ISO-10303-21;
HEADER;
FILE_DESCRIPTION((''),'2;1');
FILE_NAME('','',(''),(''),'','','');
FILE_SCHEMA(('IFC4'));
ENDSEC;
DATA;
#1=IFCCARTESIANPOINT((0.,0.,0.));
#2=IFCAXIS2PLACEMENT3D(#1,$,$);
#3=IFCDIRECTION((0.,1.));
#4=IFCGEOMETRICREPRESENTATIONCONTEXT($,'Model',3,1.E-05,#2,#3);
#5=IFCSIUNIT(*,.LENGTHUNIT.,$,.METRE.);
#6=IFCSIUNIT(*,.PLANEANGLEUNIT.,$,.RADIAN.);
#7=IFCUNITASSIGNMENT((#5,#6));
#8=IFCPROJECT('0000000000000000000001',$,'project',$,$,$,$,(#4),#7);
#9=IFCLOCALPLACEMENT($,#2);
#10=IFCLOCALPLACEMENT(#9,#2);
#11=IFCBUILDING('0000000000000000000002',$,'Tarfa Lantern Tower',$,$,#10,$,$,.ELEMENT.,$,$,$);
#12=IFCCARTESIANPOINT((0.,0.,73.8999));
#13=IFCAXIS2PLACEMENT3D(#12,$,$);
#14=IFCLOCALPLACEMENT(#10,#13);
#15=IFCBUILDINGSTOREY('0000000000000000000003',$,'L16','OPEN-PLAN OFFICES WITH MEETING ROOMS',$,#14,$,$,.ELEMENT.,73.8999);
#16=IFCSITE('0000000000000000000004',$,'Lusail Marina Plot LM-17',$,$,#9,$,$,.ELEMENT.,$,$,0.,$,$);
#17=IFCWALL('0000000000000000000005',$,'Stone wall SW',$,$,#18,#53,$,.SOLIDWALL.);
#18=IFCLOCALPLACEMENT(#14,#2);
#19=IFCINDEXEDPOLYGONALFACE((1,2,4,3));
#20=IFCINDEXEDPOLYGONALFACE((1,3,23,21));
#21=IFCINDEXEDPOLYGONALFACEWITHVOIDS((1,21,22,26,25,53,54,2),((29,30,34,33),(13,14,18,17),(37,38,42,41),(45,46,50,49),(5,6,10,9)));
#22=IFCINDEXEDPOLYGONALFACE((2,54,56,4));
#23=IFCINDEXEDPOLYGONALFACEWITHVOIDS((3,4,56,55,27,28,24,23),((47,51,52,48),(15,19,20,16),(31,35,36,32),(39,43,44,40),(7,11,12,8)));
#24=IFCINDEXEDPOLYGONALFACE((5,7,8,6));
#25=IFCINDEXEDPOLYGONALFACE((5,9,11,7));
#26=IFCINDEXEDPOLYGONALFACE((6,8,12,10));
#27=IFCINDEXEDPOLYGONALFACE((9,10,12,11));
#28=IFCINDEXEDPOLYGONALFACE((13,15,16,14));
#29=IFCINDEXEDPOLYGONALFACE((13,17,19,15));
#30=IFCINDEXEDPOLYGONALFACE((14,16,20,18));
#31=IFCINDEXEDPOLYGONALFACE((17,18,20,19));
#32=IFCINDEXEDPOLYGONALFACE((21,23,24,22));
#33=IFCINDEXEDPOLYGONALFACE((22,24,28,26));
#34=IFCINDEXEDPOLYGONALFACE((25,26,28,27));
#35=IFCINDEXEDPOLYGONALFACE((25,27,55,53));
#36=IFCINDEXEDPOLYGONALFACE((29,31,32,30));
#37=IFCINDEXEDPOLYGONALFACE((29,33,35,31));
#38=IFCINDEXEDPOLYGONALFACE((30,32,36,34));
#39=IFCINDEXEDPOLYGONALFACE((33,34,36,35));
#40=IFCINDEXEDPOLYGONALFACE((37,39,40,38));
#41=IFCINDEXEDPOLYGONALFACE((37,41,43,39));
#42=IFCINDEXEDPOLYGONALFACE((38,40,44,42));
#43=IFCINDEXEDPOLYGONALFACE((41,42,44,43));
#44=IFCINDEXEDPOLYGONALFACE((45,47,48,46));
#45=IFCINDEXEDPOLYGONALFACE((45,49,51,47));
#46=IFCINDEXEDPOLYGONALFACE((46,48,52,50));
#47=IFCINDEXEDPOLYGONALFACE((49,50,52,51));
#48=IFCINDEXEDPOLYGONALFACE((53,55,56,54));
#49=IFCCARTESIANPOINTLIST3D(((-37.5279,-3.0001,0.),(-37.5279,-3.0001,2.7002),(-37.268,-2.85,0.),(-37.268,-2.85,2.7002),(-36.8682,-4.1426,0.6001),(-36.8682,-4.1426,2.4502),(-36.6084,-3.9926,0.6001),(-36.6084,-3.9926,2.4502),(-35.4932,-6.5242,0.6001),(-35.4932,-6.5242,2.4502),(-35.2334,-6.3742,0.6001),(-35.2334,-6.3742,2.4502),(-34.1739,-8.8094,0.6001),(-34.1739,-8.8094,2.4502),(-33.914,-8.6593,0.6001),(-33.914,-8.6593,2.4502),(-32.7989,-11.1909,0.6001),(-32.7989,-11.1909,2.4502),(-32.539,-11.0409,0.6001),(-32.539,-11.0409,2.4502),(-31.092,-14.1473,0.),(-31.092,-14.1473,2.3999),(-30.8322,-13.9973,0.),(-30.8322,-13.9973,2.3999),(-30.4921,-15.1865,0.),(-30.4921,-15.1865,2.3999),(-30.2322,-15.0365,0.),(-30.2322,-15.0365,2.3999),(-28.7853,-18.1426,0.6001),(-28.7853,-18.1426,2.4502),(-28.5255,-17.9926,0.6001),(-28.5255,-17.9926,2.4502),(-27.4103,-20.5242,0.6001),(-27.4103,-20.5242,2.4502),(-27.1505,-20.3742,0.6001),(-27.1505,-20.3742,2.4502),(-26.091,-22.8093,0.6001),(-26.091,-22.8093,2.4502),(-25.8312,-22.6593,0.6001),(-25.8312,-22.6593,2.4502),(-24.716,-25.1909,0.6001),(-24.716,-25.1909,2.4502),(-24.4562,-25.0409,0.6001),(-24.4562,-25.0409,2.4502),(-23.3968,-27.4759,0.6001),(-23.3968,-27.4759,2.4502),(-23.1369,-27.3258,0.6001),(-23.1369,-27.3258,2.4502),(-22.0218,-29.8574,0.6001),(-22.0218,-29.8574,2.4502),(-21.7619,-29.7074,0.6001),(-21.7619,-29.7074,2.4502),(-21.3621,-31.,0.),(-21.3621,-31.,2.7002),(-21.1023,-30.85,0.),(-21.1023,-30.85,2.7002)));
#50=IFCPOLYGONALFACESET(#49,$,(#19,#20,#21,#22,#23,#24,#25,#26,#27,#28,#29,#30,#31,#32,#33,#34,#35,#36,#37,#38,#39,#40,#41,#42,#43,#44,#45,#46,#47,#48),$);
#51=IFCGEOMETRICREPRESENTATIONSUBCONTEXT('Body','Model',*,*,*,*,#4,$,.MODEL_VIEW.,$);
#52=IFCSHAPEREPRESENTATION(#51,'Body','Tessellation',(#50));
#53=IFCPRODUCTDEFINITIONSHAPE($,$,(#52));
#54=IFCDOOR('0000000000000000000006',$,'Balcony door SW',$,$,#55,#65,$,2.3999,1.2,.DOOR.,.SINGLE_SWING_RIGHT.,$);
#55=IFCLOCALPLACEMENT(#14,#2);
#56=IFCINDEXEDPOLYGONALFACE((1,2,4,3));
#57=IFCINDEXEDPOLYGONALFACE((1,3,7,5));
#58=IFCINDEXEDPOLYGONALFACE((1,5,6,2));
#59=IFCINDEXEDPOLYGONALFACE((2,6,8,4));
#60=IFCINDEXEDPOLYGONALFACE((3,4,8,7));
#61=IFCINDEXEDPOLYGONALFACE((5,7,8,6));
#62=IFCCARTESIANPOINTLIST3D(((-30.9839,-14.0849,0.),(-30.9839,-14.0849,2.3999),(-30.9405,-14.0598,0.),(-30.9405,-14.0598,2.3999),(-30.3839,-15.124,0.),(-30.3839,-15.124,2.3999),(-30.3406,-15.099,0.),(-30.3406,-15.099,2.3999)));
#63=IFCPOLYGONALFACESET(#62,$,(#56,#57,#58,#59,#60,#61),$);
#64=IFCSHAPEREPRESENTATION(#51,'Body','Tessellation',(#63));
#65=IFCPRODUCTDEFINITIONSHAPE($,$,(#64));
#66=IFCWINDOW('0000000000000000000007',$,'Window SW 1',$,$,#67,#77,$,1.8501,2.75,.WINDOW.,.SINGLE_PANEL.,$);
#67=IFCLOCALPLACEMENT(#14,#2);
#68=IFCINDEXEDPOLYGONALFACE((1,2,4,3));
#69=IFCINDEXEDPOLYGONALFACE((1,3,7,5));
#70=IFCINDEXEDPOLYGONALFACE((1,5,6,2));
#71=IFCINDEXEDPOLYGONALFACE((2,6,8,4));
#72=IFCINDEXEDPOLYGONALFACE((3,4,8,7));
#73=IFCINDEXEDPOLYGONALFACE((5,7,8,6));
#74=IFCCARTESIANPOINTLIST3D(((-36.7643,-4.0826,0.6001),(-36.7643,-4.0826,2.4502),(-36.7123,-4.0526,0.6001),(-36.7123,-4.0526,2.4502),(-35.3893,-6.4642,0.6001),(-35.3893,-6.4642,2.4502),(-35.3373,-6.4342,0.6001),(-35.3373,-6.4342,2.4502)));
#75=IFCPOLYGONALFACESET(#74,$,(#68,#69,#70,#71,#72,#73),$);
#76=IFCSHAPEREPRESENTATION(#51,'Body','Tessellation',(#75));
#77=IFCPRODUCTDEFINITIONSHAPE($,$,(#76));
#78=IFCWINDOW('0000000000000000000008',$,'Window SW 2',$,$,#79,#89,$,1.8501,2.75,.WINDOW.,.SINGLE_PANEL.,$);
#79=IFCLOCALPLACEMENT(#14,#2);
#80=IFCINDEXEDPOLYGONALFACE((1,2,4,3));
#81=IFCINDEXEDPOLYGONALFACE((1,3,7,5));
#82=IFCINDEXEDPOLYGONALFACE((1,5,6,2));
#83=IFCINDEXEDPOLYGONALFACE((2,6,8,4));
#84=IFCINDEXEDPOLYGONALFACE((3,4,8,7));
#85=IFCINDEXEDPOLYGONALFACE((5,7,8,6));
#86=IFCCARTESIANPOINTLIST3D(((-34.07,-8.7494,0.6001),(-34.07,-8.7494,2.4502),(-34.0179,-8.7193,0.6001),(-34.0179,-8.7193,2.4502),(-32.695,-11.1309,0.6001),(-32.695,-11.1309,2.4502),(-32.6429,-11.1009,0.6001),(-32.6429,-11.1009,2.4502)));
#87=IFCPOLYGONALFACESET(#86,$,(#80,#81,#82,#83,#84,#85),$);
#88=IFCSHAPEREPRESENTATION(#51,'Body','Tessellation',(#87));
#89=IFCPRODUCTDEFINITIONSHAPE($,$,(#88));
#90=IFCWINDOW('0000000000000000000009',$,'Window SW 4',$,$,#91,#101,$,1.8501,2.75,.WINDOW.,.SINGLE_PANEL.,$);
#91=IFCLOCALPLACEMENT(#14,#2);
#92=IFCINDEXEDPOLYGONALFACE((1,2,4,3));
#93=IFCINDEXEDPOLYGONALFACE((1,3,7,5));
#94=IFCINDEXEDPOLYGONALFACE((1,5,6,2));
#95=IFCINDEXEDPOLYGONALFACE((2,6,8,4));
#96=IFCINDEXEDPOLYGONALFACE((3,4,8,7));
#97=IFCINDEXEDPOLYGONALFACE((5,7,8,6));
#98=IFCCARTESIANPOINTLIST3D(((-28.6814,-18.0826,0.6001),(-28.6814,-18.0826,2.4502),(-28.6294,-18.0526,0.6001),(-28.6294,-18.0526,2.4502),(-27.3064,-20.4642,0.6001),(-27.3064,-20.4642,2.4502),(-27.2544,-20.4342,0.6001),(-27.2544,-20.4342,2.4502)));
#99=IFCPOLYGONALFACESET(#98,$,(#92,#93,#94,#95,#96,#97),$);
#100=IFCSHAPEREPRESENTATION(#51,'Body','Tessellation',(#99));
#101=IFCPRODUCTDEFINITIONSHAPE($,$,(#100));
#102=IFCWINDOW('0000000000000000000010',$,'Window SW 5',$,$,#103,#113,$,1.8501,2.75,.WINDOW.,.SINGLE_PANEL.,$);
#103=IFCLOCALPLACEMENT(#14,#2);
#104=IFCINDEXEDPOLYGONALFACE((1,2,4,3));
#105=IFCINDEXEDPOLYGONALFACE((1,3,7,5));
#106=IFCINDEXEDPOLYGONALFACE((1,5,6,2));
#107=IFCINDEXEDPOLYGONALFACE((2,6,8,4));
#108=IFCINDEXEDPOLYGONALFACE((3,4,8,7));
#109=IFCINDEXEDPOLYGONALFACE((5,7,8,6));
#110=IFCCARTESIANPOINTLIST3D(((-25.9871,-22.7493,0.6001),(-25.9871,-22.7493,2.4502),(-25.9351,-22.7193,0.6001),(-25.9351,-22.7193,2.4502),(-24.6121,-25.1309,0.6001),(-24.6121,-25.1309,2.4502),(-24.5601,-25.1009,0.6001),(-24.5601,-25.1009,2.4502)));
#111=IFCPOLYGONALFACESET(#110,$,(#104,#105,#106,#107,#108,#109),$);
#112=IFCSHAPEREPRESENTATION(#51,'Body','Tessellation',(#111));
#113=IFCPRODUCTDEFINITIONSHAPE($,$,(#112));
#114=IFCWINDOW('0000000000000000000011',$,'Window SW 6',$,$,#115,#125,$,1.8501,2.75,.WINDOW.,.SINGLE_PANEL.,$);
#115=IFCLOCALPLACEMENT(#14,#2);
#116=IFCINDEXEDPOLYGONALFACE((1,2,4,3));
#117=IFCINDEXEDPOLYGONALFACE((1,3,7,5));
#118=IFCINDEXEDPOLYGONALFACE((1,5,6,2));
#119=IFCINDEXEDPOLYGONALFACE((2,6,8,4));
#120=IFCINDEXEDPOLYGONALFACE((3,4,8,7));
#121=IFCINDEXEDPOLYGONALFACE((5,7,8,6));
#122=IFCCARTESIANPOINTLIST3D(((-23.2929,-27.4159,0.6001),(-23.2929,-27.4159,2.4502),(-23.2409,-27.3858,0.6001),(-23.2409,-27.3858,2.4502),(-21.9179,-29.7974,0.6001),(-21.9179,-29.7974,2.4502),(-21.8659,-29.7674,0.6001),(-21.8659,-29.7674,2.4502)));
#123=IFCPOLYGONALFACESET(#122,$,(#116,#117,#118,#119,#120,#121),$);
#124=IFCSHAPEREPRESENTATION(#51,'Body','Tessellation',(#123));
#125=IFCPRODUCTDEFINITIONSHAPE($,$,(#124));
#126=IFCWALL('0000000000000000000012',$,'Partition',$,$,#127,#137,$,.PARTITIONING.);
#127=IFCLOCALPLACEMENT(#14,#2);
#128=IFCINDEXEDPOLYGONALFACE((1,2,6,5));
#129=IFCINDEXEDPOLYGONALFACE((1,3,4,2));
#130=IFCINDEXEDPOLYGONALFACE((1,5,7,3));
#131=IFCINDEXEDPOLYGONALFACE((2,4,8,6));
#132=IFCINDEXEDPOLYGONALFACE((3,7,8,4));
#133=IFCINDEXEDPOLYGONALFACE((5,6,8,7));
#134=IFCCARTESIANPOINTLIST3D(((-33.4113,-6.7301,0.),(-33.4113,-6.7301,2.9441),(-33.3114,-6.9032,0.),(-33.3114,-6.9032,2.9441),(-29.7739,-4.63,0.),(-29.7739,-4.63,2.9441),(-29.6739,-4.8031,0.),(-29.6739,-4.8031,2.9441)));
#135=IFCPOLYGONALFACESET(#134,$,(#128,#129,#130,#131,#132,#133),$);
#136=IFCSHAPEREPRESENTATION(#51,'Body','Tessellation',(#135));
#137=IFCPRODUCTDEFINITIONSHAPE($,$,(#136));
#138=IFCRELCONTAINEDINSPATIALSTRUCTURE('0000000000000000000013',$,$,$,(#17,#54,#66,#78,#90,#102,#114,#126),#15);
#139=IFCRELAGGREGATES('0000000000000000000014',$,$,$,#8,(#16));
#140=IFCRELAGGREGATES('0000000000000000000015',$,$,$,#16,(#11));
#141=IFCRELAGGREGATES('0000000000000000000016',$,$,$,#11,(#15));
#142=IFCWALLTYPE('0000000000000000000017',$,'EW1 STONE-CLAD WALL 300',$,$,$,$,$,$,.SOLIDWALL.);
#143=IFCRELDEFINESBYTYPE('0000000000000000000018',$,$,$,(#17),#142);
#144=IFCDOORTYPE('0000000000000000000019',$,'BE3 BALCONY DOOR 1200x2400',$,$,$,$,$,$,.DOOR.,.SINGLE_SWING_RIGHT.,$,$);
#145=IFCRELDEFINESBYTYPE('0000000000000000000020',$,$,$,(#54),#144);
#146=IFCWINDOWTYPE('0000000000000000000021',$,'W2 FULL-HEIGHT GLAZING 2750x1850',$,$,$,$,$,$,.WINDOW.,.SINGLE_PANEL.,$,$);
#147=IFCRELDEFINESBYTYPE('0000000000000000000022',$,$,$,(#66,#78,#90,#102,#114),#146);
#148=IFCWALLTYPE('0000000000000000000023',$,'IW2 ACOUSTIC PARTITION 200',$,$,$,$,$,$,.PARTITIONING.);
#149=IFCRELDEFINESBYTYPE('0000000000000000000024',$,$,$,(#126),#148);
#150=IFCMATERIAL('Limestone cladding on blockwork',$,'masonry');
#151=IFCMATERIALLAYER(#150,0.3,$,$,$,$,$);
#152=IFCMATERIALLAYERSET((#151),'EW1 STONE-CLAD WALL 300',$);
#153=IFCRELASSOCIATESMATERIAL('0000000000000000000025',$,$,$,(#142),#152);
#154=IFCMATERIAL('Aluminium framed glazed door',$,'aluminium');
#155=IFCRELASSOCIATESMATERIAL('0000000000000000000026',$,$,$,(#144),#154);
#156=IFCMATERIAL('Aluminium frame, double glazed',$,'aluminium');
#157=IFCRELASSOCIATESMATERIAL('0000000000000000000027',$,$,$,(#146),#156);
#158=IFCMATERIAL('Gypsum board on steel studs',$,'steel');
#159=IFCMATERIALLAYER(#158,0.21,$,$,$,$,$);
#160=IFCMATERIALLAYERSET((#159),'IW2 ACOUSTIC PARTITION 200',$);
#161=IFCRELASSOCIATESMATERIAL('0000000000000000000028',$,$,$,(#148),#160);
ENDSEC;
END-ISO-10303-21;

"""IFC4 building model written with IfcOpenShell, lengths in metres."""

from ifc_helpers import new_model, si_unit, direction, frame, frame_2d, origin, place, context, subcontext, project, spatial, rectangle, extrude, material, layer, layer_set, type_object, element, fill, save


model = new_model("IFC4")

# Units and contexts
model_context = context("Model", 3, precision=1e-05, world=origin(), true_north=direction((0.0, 1.0)))
body_context = subcontext(model_context, "Body", "Model", "MODEL_VIEW")
ifc_project = project(units=[si_unit("LENGTHUNIT", "METRE"), si_unit("PLANEANGLEUNIT", "RADIAN")], contexts=[model_context])

# Site, building, storey
site_placement = place(None, origin())
site = spatial("IfcSite", under=ifc_project, at=site_placement, Name="Lusail Marina Plot LM-17", CompositionType="ELEMENT", RefElevation=0.0)
building_placement = place(site_placement, origin())
building = spatial("IfcBuilding", under=site, at=building_placement, Name="Tarfa Lantern Tower", CompositionType="ELEMENT")
storey_placement = place(building_placement, frame((0.0, 0.0, 73.8999)))
storey = spatial("IfcBuildingStorey", under=building, at=storey_placement, Name="L16", Description="OPEN-PLAN OFFICES WITH MEETING ROOMS", CompositionType="ELEMENT", Elevation=73.8999)

# Wall, openings, door, windows
ifc_material_1 = material(Name="Limestone cladding on blockwork", Category="masonry")
ifc_layer_1 = layer(ifc_material_1, 0.3)
ifc_layer_set_1 = layer_set([ifc_layer_1], Name="EW1 STONE-CLAD WALL 300")
wall_type_1 = type_object("IfcWallType", Name="EW1 STONE-CLAD WALL 300", PredefinedType="SOLIDWALL", material=ifc_layer_set_1)
wall_1_placement = place(storey_placement, frame((-37.3979, -2.925, 0.0), z_axis=(0.0, 0.0, 1.0), x_axis=(0.499999, -0.866026, 0.0)))
wall_1 = element("IfcWall", 1, at=wall_1_placement, inside=storey, type_object=wall_type_1, Name="Stone wall SW", PredefinedType="SOLIDWALL", context=body_context, shape_type="SweptSolid", body=[
    extrude(rectangle(XDim=32.3315, YDim=0.3, at=frame_2d((16.1658, 0.0))), origin(), (0.0, 0.0, 1.0), 2.7002),
])
opening_1_placement = place(wall_1_placement, frame((1.3193, 0.0, 0.6001)))
opening_1 = element("IfcOpeningElement", 2, at=opening_1_placement, cuts=wall_1, PredefinedType="OPENING", context=body_context, shape_type="SweptSolid", body=[
    extrude(rectangle(XDim=2.75, YDim=1.8501, at=frame_2d((1.375, 0.925))), frame((0.0, 0.1599, 0.0), z_axis=(0.0, -1.0, 0.0), x_axis=(1.0, 0.0, 0.0)), (0.0, 0.0, 1.0), 0.3201),
])
opening_2_placement = place(wall_1_placement, frame((6.708, 0.0, 0.6001)))
opening_2 = element("IfcOpeningElement", 3, at=opening_2_placement, cuts=wall_1, PredefinedType="OPENING", context=body_context, shape_type="SweptSolid", body=[
    extrude(rectangle(XDim=2.75, YDim=1.8501, at=frame_2d((1.375, 0.925))), frame((0.0, 0.1599, 0.0), z_axis=(0.0, -1.0, 0.0), x_axis=(1.0, 0.0, 0.0)), (0.0, 0.0, 1.0), 0.3201),
])
opening_3_placement = place(wall_1_placement, frame((12.8716, 0.0, 0.0)))
opening_3 = element("IfcOpeningElement", 4, at=opening_3_placement, cuts=wall_1, PredefinedType="OPENING", context=body_context, shape_type="SweptSolid", body=[
    extrude(rectangle(XDim=1.2, YDim=2.3999, at=frame_2d((0.6001, 1.2))), frame((0.0, 0.1599, 0.0), z_axis=(0.0, -1.0, 0.0), x_axis=(1.0, 0.0, 0.0)), (0.0, 0.0, 1.0), 0.3201),
])
opening_4_placement = place(wall_1_placement, frame((17.4851, 0.0, 0.6001)))
opening_4 = element("IfcOpeningElement", 5, at=opening_4_placement, cuts=wall_1, PredefinedType="OPENING", context=body_context, shape_type="SweptSolid", body=[
    extrude(rectangle(XDim=2.75, YDim=1.8501, at=frame_2d((1.375, 0.925))), frame((0.0, 0.1599, 0.0), z_axis=(0.0, -1.0, 0.0), x_axis=(1.0, 0.0, 0.0)), (0.0, 0.0, 1.0), 0.3201),
])
opening_5_placement = place(wall_1_placement, frame((22.8738, 0.0, 0.6001)))
opening_5 = element("IfcOpeningElement", 6, at=opening_5_placement, cuts=wall_1, PredefinedType="OPENING", context=body_context, shape_type="SweptSolid", body=[
    extrude(rectangle(XDim=2.75, YDim=1.8501, at=frame_2d((1.375, 0.925))), frame((0.0, 0.1599, 0.0), z_axis=(0.0, -1.0, 0.0), x_axis=(1.0, 0.0, 0.0)), (0.0, 0.0, 1.0), 0.3201),
])
opening_6_placement = place(wall_1_placement, frame((28.2622, 0.0, 0.6001)))
opening_6 = element("IfcOpeningElement", 7, at=opening_6_placement, cuts=wall_1, PredefinedType="OPENING", context=body_context, shape_type="SweptSolid", body=[
    extrude(rectangle(XDim=2.75, YDim=1.8501, at=frame_2d((1.375, 0.925))), frame((0.0, 0.1599, 0.0), z_axis=(0.0, -1.0, 0.0), x_axis=(1.0, 0.0, 0.0)), (0.0, 0.0, 1.0), 0.3201),
])
ifc_material_2 = material(Name="Aluminium framed glazed door", Category="aluminium")
door_type = type_object("IfcDoorType", Name="BE3 BALCONY DOOR 1200x2400", OperationType="SINGLE_SWING_RIGHT", PredefinedType="DOOR", material=ifc_material_2)
door_placement = place(opening_3_placement, origin())
door = element("IfcDoor", 8, at=door_placement, inside=storey, type_object=door_type, Name="Balcony door SW", OperationType="SINGLE_SWING_RIGHT", OverallHeight=2.3999, OverallWidth=1.2, PredefinedType="DOOR", context=body_context, shape_type="SweptSolid", body=[
    extrude(rectangle(XDim=1.2, YDim=2.3999, at=frame_2d((0.6001, 1.2))), frame((0.0, 0.0249, 0.0), z_axis=(0.0, -1.0, 0.0), x_axis=(1.0, 0.0, 0.0)), (0.0, 0.0, 1.0), 0.05),
])
fill(opening_3, door)
ifc_material_3 = material(Name="Aluminium frame, double glazed", Category="aluminium")
window_type = type_object("IfcWindowType", Name="W2 FULL-HEIGHT GLAZING 2750x1850", PartitioningType="SINGLE_PANEL", PredefinedType="WINDOW", material=ifc_material_3)
window_1_placement = place(opening_1_placement, origin())
window_1 = element("IfcWindow", 9, at=window_1_placement, inside=storey, type_object=window_type, Name="Window SW 1", OverallHeight=1.8501, OverallWidth=2.75, PartitioningType="SINGLE_PANEL", PredefinedType="WINDOW", context=body_context, shape_type="SweptSolid", body=[
    extrude(rectangle(XDim=2.75, YDim=1.8501, at=frame_2d((1.375, 0.925))), frame((0.0, 0.03, 0.0), z_axis=(0.0, -1.0, 0.0), x_axis=(1.0, 0.0, 0.0)), (0.0, 0.0, 1.0), 0.0601),
])
fill(opening_1, window_1)
window_2_placement = place(opening_2_placement, origin())
window_2 = element("IfcWindow", 10, at=window_2_placement, inside=storey, type_object=window_type, Name="Window SW 2", OverallHeight=1.8501, OverallWidth=2.75, PartitioningType="SINGLE_PANEL", PredefinedType="WINDOW", context=body_context, shape_type="SweptSolid", body=[
    extrude(rectangle(XDim=2.75, YDim=1.8501, at=frame_2d((1.375, 0.925))), frame((0.0, 0.03, 0.0), z_axis=(0.0, -1.0, 0.0), x_axis=(1.0, 0.0, 0.0)), (0.0, 0.0, 1.0), 0.0601),
])
fill(opening_2, window_2)
window_3_placement = place(opening_4_placement, origin())
window_3 = element("IfcWindow", 11, at=window_3_placement, inside=storey, type_object=window_type, Name="Window SW 4", OverallHeight=1.8501, OverallWidth=2.75, PartitioningType="SINGLE_PANEL", PredefinedType="WINDOW", context=body_context, shape_type="SweptSolid", body=[
    extrude(rectangle(XDim=2.75, YDim=1.8501, at=frame_2d((1.375, 0.925))), frame((0.0, 0.03, 0.0), z_axis=(0.0, -1.0, 0.0), x_axis=(1.0, 0.0, 0.0)), (0.0, 0.0, 1.0), 0.0601),
])
fill(opening_4, window_3)
window_4_placement = place(opening_5_placement, origin())
window_4 = element("IfcWindow", 12, at=window_4_placement, inside=storey, type_object=window_type, Name="Window SW 5", OverallHeight=1.8501, OverallWidth=2.75, PartitioningType="SINGLE_PANEL", PredefinedType="WINDOW", context=body_context, shape_type="SweptSolid", body=[
    extrude(rectangle(XDim=2.75, YDim=1.8501, at=frame_2d((1.375, 0.925))), frame((0.0, 0.03, 0.0), z_axis=(0.0, -1.0, 0.0), x_axis=(1.0, 0.0, 0.0)), (0.0, 0.0, 1.0), 0.0601),
])
fill(opening_5, window_4)
window_5_placement = place(opening_6_placement, origin())
window_5 = element("IfcWindow", 13, at=window_5_placement, inside=storey, type_object=window_type, Name="Window SW 6", OverallHeight=1.8501, OverallWidth=2.75, PartitioningType="SINGLE_PANEL", PredefinedType="WINDOW", context=body_context, shape_type="SweptSolid", body=[
    extrude(rectangle(XDim=2.75, YDim=1.8501, at=frame_2d((1.375, 0.925))), frame((0.0, 0.03, 0.0), z_axis=(0.0, -1.0, 0.0), x_axis=(1.0, 0.0, 0.0)), (0.0, 0.0, 1.0), 0.0601),
])
fill(opening_6, window_5)

# Wall
ifc_material_4 = material(Name="Gypsum board on steel studs", Category="steel")
ifc_layer_2 = layer(ifc_material_4, 0.21)
ifc_layer_set_2 = layer_set([ifc_layer_2], Name="IW2 ACOUSTIC PARTITION 200")
wall_type_2 = type_object("IfcWallType", Name="IW2 ACOUSTIC PARTITION 200", PredefinedType="PARTITIONING", material=ifc_layer_set_2)
wall_2_placement = place(storey_placement, frame((-29.7239, -4.7166, 0.0), z_axis=(0.0, 0.0, 1.0), x_axis=(-0.866024, -0.500003, 0.0)))
element("IfcWall", 14, at=wall_2_placement, inside=storey, type_object=wall_type_2, Name="Partition", PredefinedType="PARTITIONING", context=body_context, shape_type="SweptSolid", body=[
    extrude(rectangle(XDim=4.2002, YDim=0.2, at=frame_2d((2.1001, 0.0))), origin(), (0.0, 0.0, 1.0), 2.9441),
])

save(model, "model.ifc")
